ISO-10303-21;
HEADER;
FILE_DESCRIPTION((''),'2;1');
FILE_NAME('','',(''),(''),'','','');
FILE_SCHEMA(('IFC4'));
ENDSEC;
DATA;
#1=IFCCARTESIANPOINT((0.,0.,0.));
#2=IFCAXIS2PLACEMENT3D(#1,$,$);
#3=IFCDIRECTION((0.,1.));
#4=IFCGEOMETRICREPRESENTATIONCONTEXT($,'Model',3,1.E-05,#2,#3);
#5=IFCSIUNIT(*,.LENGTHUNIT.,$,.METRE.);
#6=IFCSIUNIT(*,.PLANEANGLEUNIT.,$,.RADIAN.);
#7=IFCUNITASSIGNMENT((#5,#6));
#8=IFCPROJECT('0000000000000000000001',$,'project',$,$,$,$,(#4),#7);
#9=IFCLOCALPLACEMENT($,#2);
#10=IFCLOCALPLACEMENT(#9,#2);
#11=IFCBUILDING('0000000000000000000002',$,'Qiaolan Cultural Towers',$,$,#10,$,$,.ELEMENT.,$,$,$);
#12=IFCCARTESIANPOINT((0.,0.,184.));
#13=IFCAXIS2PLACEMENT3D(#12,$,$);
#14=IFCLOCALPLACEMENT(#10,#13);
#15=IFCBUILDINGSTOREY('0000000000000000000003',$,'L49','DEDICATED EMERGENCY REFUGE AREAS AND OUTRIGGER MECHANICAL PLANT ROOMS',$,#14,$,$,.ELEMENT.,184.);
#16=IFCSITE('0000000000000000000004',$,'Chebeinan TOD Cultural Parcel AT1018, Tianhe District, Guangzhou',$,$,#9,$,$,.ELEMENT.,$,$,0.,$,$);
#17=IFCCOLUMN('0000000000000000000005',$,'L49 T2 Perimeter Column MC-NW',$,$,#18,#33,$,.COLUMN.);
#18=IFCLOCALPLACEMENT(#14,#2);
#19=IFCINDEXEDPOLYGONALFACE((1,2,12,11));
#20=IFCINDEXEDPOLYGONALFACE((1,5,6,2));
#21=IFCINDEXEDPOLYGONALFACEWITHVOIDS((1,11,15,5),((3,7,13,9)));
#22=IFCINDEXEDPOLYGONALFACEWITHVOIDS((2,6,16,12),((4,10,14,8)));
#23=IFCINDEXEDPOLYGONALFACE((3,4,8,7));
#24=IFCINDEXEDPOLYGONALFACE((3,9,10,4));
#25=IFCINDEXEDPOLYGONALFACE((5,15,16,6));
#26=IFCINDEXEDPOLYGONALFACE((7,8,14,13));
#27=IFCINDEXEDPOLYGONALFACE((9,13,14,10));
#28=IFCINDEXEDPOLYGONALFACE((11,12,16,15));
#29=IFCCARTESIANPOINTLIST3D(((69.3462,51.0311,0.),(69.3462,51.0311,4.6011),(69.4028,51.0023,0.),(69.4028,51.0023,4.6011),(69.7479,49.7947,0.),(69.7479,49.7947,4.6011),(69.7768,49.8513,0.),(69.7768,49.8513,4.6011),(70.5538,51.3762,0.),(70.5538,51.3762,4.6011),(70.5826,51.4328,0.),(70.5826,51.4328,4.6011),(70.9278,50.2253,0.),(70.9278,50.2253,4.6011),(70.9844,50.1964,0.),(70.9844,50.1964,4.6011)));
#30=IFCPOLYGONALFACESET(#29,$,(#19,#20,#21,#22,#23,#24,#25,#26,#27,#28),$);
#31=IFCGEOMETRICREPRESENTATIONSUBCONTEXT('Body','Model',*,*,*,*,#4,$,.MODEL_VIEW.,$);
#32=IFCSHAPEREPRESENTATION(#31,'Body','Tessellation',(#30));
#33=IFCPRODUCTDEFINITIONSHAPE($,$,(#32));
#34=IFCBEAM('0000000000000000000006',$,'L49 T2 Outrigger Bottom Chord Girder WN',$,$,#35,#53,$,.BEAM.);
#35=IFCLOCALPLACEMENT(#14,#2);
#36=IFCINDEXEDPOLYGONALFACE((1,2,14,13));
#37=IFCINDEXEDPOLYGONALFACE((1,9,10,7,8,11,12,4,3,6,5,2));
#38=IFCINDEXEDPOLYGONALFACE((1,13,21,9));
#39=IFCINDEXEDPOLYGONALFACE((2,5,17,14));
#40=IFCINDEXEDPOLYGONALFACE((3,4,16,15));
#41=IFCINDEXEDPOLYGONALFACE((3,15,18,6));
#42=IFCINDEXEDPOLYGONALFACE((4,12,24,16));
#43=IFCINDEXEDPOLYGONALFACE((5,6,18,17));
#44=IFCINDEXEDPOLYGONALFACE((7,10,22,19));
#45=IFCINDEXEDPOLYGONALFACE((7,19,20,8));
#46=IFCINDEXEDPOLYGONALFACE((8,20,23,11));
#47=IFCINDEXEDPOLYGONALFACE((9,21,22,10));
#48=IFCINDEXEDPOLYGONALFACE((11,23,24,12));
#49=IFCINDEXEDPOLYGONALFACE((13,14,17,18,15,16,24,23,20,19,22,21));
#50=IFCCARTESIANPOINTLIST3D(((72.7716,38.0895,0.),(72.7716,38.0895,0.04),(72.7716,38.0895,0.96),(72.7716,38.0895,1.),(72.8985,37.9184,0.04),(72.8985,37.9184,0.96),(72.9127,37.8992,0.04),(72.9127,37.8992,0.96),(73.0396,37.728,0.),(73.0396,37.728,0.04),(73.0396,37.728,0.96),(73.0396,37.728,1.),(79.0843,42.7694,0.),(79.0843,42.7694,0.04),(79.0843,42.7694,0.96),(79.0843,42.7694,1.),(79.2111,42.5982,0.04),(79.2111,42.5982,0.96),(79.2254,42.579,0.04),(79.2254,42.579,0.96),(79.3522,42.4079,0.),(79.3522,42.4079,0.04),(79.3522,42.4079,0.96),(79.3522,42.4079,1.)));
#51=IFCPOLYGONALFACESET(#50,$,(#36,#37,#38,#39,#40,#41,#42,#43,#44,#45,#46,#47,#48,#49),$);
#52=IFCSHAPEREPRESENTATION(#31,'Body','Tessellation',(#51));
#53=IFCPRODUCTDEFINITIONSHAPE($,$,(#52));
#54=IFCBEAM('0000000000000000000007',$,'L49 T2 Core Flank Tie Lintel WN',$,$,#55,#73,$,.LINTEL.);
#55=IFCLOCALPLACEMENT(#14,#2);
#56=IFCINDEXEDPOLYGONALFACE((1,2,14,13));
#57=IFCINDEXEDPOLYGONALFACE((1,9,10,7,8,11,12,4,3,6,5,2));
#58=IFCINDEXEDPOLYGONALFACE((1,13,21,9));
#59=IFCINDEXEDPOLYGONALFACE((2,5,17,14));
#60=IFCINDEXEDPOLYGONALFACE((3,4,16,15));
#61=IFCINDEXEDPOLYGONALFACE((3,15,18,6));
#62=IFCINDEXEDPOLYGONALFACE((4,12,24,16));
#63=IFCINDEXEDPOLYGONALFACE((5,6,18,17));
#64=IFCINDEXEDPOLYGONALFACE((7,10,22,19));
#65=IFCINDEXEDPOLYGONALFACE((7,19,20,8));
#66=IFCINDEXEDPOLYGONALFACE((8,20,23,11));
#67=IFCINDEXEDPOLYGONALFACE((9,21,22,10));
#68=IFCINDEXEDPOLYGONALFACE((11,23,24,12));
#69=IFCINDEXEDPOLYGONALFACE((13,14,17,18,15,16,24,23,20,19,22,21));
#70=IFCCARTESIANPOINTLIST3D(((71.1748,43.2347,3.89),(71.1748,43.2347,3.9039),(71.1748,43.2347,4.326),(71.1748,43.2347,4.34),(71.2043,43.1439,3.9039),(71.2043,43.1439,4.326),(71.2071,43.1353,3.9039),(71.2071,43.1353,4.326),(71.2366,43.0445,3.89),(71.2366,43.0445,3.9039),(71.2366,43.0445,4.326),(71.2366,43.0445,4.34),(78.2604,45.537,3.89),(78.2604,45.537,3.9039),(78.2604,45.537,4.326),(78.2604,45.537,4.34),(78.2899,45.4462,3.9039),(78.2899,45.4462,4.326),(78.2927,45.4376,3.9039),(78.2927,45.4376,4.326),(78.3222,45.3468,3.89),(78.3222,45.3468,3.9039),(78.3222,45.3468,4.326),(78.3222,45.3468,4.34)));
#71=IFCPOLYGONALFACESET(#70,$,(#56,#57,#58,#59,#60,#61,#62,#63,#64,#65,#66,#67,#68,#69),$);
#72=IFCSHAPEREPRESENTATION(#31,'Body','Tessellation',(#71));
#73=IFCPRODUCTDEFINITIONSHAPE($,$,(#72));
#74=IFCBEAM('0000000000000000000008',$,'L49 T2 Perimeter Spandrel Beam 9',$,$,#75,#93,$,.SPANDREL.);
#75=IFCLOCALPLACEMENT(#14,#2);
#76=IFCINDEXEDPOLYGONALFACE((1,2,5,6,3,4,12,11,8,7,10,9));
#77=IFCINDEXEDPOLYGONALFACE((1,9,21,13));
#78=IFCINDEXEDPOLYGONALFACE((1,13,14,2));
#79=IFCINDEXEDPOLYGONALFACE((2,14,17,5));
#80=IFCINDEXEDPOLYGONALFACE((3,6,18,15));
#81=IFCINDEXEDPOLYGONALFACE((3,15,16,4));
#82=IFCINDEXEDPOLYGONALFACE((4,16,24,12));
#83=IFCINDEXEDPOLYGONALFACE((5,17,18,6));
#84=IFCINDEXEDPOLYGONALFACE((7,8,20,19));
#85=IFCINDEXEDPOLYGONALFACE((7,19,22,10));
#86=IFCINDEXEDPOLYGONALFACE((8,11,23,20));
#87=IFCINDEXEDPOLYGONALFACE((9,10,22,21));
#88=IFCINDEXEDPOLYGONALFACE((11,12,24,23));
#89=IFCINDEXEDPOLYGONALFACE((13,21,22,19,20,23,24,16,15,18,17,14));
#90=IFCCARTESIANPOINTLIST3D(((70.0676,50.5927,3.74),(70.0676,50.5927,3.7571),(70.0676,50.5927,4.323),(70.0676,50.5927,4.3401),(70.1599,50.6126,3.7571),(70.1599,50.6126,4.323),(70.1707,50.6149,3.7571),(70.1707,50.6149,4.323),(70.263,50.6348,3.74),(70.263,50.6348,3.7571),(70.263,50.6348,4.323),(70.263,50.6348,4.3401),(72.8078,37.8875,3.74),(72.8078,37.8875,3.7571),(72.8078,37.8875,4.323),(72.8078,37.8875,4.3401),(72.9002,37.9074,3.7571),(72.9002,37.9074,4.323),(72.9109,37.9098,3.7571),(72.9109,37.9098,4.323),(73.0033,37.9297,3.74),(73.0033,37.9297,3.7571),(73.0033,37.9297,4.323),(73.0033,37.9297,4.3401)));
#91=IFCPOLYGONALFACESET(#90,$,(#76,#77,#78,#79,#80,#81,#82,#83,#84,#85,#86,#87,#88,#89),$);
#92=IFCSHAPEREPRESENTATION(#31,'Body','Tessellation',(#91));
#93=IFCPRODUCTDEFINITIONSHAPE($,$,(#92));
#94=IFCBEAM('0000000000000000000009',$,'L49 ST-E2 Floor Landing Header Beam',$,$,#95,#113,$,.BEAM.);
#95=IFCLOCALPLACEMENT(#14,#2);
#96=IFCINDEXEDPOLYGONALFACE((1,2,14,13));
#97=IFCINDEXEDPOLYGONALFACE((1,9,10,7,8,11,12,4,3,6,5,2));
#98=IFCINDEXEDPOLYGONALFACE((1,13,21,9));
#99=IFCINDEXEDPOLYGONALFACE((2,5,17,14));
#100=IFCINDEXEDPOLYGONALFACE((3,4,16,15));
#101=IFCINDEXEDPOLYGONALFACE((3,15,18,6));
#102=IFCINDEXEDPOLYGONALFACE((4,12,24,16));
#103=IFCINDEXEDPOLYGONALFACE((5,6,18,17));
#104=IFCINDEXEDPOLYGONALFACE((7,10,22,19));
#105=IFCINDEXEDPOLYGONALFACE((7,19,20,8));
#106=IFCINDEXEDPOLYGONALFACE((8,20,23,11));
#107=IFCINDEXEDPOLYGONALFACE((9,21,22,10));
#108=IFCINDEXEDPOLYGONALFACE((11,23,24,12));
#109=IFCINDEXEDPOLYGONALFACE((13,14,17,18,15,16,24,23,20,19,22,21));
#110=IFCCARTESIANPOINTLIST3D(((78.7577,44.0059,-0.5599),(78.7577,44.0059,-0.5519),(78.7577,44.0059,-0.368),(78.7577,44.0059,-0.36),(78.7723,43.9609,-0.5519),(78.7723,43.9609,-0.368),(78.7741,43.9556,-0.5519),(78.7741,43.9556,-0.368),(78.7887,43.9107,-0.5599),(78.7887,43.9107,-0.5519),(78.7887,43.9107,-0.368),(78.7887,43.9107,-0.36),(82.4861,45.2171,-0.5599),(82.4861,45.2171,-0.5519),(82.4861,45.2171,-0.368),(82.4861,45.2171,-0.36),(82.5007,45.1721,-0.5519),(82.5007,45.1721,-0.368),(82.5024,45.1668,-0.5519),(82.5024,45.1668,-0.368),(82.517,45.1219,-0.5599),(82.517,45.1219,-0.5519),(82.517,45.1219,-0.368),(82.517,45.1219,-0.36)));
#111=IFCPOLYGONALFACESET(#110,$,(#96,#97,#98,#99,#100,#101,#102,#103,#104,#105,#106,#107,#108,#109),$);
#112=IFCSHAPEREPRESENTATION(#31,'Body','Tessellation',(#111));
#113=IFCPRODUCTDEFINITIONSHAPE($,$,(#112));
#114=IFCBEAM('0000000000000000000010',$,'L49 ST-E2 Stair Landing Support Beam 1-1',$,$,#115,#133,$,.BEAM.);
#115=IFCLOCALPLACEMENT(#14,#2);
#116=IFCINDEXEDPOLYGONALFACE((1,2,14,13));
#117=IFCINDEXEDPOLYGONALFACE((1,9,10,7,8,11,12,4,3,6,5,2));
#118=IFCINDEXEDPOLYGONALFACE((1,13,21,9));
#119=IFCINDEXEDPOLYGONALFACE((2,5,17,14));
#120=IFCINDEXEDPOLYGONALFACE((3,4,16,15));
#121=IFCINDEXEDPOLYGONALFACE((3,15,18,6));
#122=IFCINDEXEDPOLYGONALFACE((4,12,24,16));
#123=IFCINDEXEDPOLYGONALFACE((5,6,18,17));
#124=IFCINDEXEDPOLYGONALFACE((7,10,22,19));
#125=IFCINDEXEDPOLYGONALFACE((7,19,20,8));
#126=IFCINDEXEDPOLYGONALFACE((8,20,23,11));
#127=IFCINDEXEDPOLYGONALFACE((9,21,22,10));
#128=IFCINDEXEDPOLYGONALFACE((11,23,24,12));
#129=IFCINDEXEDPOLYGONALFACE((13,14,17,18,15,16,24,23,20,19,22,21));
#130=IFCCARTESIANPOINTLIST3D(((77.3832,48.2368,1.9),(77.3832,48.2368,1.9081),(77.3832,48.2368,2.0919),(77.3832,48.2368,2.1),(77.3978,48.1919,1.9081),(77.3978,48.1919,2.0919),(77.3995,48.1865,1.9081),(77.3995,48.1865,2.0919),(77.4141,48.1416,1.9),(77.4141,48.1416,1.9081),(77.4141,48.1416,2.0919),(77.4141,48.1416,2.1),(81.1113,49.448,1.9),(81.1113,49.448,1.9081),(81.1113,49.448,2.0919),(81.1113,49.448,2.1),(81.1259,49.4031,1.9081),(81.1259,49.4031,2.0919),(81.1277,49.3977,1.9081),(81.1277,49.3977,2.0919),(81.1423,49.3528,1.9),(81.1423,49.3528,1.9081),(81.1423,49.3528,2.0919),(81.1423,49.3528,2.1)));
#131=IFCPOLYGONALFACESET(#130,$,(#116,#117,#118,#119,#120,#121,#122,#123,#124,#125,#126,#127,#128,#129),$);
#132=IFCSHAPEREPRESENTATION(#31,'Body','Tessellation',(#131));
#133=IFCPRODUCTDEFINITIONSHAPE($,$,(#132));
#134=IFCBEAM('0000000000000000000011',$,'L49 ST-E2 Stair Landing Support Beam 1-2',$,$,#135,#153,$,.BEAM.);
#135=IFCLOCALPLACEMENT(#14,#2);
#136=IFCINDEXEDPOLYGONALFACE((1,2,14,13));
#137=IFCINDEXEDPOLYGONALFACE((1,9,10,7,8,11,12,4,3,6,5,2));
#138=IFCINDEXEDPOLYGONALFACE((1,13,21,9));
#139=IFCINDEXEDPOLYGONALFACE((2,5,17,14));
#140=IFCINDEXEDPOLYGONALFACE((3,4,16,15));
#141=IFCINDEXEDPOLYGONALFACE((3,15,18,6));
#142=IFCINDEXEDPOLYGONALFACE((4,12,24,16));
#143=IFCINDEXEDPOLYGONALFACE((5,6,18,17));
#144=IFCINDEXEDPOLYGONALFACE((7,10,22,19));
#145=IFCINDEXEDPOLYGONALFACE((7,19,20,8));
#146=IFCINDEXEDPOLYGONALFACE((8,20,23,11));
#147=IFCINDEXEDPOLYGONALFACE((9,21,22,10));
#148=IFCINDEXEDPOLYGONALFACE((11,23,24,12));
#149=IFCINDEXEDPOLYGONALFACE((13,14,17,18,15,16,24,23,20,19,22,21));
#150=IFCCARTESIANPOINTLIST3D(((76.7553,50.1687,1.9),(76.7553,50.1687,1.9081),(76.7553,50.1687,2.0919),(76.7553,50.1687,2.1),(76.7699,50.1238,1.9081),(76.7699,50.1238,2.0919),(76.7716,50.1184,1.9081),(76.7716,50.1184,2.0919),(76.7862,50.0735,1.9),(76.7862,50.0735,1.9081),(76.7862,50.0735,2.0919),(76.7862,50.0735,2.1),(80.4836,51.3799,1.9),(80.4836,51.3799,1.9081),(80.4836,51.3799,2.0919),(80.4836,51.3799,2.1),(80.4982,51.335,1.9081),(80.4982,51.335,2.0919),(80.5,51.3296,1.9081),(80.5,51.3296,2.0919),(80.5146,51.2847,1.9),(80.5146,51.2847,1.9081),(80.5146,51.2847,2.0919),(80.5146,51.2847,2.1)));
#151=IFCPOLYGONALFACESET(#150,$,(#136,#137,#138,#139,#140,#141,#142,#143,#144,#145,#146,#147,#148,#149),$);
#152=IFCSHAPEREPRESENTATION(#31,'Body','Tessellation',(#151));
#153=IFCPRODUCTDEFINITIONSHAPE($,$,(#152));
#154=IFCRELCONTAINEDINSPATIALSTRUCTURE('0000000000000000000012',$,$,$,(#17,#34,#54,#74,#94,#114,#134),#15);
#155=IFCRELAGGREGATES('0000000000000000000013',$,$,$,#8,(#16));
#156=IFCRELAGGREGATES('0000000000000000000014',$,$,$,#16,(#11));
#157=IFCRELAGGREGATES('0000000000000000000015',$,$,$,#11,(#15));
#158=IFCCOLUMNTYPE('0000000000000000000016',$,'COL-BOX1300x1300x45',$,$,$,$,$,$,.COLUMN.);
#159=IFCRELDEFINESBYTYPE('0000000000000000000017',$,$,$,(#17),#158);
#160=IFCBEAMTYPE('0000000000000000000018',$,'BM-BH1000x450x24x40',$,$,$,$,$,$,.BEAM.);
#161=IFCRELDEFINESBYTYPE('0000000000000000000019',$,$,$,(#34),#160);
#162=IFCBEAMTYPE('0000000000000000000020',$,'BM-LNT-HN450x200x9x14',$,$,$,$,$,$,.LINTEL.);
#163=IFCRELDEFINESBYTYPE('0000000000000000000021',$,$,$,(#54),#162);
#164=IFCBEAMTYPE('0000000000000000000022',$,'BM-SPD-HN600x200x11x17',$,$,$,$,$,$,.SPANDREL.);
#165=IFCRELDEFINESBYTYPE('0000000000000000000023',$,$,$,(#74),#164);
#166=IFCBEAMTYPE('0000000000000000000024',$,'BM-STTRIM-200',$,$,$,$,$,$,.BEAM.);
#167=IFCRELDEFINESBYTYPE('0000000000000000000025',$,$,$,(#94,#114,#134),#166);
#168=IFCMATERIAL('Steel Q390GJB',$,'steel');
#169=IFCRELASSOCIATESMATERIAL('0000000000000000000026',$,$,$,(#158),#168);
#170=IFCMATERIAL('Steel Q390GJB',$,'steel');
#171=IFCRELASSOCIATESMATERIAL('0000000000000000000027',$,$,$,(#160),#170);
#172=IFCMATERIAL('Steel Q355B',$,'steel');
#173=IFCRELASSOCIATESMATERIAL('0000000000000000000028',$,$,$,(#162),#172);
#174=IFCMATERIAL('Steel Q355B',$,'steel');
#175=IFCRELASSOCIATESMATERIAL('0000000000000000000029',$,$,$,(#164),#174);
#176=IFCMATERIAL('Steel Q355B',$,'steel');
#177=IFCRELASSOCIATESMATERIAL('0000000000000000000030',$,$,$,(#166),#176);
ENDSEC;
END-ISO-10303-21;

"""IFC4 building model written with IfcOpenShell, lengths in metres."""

from ifc_helpers import new_model, si_unit, direction, frame, origin, origin_2d, place, context, subcontext, project, spatial, hollow_rectangle, i_section, extrude, material, material_profile, profile_set, type_object, element, save


model = new_model("IFC4")

# Units and contexts
model_context = context("Model", 3, precision=1e-05, world=origin(), true_north=direction((0.0, 1.0)))
body_context = subcontext(model_context, "Body", "Model", "MODEL_VIEW")
ifc_project = project(units=[si_unit("LENGTHUNIT", "METRE"), si_unit("PLANEANGLEUNIT", "RADIAN")], contexts=[model_context])

# Site, building, storey
site_placement = place(None, origin())
site = spatial("IfcSite", under=ifc_project, at=site_placement, Name="Chebeinan TOD Cultural Parcel AT1018, Tianhe District, Guangzhou", CompositionType="ELEMENT", RefElevation=0.0)
building_placement = place(site_placement, origin())
building = spatial("IfcBuilding", under=site, at=building_placement, Name="Qiaolan Cultural Towers", CompositionType="ELEMENT")
storey_placement = place(building_placement, frame((0.0, 0.0, 184.0)))
storey = spatial("IfcBuildingStorey", under=building, at=storey_placement, Name="L49", Description="DEDICATED EMERGENCY REFUGE AREAS AND OUTRIGGER MECHANICAL PLANT ROOMS", CompositionType="ELEMENT", Elevation=184.0)

# Column
ifc_material_1 = material(Name="Steel Q390GJB", Category="steel")
ifc_material_profile_1 = material_profile(ifc_material_1, hollow_rectangle(XDim=1.3, YDim=1.3, WallThickness=0.0449, at=origin_2d()), Name="BOX1300x1300x45")
ifc_profile_set_1 = profile_set([ifc_material_profile_1], Name="Steel Q390GJB")
column_type = type_object("IfcColumnType", Name="COL-BOX1300x1300x45", PredefinedType="COLUMN", material=ifc_profile_set_1)
column_placement = place(storey_placement, frame((70.1653, 50.6138, 0.0), z_axis=(0.0, 0.0, 1.0), x_axis=(0.951057, 0.309017, 0.0)))
element("IfcColumn", 1, at=column_placement, inside=storey, type_object=column_type, Name="L49 T2 Perimeter Column MC-NW", PredefinedType="COLUMN", context=body_context, shape_type="SweptSolid", body=[
    extrude(hollow_rectangle(XDim=1.3, YDim=1.3, WallThickness=0.0449, at=origin_2d()), origin(), (0.0, 0.0, 1.0), 4.6011),
])

# Beams
ifc_material_2 = material(Name="Steel Q390GJB", Category="steel")
ifc_material_profile_2 = material_profile(ifc_material_2, i_section(OverallWidth=0.45, OverallDepth=1.0, WebThickness=0.0239, FlangeThickness=0.04, at=origin_2d()), Name="BH1000x450x24x40")
ifc_profile_set_2 = profile_set([ifc_material_profile_2], Name="Steel Q390GJB")
beam_type_1 = type_object("IfcBeamType", Name="BM-BH1000x450x24x40", PredefinedType="BEAM", material=ifc_profile_set_2)
beam_1_placement = place(storey_placement, frame((79.2183, 42.5886, 0.5), z_axis=(-0.803324, -0.595542, 0.0), x_axis=(0.595542, -0.803324, 0.0)))
element("IfcBeam", 2, at=beam_1_placement, inside=storey, type_object=beam_type_1, Name="L49 T2 Outrigger Bottom Chord Girder WN", PredefinedType="BEAM", context=body_context, shape_type="SweptSolid", body=[
    extrude(i_section(OverallWidth=0.45, OverallDepth=1.0, WebThickness=0.0239, FlangeThickness=0.04, at=origin_2d()), origin(), (0.0, 0.0, 1.0), 7.8582),
])
ifc_material_3 = material(Name="Steel Q355B", Category="steel")
ifc_material_profile_3 = material_profile(ifc_material_3, i_section(OverallWidth=0.2, OverallDepth=0.45, WebThickness=0.009, FlangeThickness=0.0139, at=origin_2d()), Name="HN450x200x9x14")
ifc_profile_set_3 = profile_set([ifc_material_profile_3], Name="Steel Q355B")
beam_type_2 = type_object("IfcBeamType", Name="BM-LNT-HN450x200x9x14", PredefinedType="LINTEL", material=ifc_profile_set_3)
beam_2_placement = place(storey_placement, frame((78.2913, 45.4419, 4.115), z_axis=(-0.951055, -0.309022, 0.0), x_axis=(0.309022, -0.951055, 0.0)))
element("IfcBeam", 3, at=beam_2_placement, inside=storey, type_object=beam_type_2, Name="L49 T2 Core Flank Tie Lintel WN", PredefinedType="LINTEL", context=body_context, shape_type="SweptSolid", body=[
    extrude(i_section(OverallWidth=0.2, OverallDepth=0.45, WebThickness=0.009, FlangeThickness=0.0139, at=origin_2d()), origin(), (0.0, 0.0, 1.0), 7.4502),
])
ifc_material_4 = material(Name="Steel Q355B", Category="steel")
ifc_material_profile_4 = material_profile(ifc_material_4, i_section(OverallWidth=0.2, OverallDepth=0.6001, WebThickness=0.011, FlangeThickness=0.0171, at=origin_2d()), Name="HN600x200x11x17")
ifc_profile_set_4 = profile_set([ifc_material_profile_4], Name="Steel Q355B")
beam_type_3 = type_object("IfcBeamType", Name="BM-SPD-HN600x200x11x17", PredefinedType="SPANDREL", material=ifc_profile_set_4)
beam_3_placement = place(storey_placement, frame((70.1653, 50.6138, 4.04), z_axis=(0.210832, -0.977522, 0.0), x_axis=(0.977522, 0.210832, 0.0)))
element("IfcBeam", 4, at=beam_3_placement, inside=storey, type_object=beam_type_3, Name="L49 T2 Perimeter Spandrel Beam 9", PredefinedType="SPANDREL", context=body_context, shape_type="SweptSolid", body=[
    extrude(i_section(OverallWidth=0.2, OverallDepth=0.6001, WebThickness=0.011, FlangeThickness=0.0171, at=origin_2d()), origin(), (0.0, 0.0, 1.0), 12.9973),
])
ifc_material_5 = material(Name="Steel Q355B", Category="steel")
ifc_material_profile_5 = material_profile(ifc_material_5, i_section(OverallWidth=0.1001, OverallDepth=0.2, WebThickness=0.0056, FlangeThickness=0.0081, at=origin_2d()), Name="HN200x100x5.5x8")
ifc_profile_set_5 = profile_set([ifc_material_profile_5], Name="Steel Q355B")
beam_type_4 = type_object("IfcBeamType", Name="BM-STTRIM-200", PredefinedType="BEAM", material=ifc_profile_set_5)
beam_4_placement = place(storey_placement, frame((78.7732, 43.9583, -0.46), z_axis=(0.951072, 0.308969, 0.0), x_axis=(-0.308969, 0.951072, 0.0)))
element("IfcBeam", 5, at=beam_4_placement, inside=storey, type_object=beam_type_4, Name="L49 ST-E2 Floor Landing Header Beam", PredefinedType="BEAM", context=body_context, shape_type="SweptSolid", body=[
    extrude(i_section(OverallWidth=0.1001, OverallDepth=0.2, WebThickness=0.0056, FlangeThickness=0.0081, at=origin_2d()), origin(), (0.0, 0.0, 1.0), 3.9202),
])
beam_5_placement = place(storey_placement, frame((77.3987, 48.1892, 2.0), z_axis=(0.951066, 0.308987, 0.0), x_axis=(-0.308987, 0.951066, 0.0)))
element("IfcBeam", 6, at=beam_5_placement, inside=storey, type_object=beam_type_4, Name="L49 ST-E2 Stair Landing Support Beam 1-1", PredefinedType="BEAM", context=body_context, shape_type="SweptSolid", body=[
    extrude(i_section(OverallWidth=0.1001, OverallDepth=0.2, WebThickness=0.0056, FlangeThickness=0.0081, at=origin_2d()), origin(), (0.0, 0.0, 1.0), 3.9199),
])
beam_6_placement = place(storey_placement, frame((76.7708, 50.1211, 2.0), z_axis=(0.951072, 0.308969, 0.0), x_axis=(-0.308969, 0.951072, 0.0)))
element("IfcBeam", 7, at=beam_6_placement, inside=storey, type_object=beam_type_4, Name="L49 ST-E2 Stair Landing Support Beam 1-2", PredefinedType="BEAM", context=body_context, shape_type="SweptSolid", body=[
    extrude(i_section(OverallWidth=0.1001, OverallDepth=0.2, WebThickness=0.0056, FlangeThickness=0.0081, at=origin_2d()), origin(), (0.0, 0.0, 1.0), 3.9202),
])

save(model, "model.ifc")
